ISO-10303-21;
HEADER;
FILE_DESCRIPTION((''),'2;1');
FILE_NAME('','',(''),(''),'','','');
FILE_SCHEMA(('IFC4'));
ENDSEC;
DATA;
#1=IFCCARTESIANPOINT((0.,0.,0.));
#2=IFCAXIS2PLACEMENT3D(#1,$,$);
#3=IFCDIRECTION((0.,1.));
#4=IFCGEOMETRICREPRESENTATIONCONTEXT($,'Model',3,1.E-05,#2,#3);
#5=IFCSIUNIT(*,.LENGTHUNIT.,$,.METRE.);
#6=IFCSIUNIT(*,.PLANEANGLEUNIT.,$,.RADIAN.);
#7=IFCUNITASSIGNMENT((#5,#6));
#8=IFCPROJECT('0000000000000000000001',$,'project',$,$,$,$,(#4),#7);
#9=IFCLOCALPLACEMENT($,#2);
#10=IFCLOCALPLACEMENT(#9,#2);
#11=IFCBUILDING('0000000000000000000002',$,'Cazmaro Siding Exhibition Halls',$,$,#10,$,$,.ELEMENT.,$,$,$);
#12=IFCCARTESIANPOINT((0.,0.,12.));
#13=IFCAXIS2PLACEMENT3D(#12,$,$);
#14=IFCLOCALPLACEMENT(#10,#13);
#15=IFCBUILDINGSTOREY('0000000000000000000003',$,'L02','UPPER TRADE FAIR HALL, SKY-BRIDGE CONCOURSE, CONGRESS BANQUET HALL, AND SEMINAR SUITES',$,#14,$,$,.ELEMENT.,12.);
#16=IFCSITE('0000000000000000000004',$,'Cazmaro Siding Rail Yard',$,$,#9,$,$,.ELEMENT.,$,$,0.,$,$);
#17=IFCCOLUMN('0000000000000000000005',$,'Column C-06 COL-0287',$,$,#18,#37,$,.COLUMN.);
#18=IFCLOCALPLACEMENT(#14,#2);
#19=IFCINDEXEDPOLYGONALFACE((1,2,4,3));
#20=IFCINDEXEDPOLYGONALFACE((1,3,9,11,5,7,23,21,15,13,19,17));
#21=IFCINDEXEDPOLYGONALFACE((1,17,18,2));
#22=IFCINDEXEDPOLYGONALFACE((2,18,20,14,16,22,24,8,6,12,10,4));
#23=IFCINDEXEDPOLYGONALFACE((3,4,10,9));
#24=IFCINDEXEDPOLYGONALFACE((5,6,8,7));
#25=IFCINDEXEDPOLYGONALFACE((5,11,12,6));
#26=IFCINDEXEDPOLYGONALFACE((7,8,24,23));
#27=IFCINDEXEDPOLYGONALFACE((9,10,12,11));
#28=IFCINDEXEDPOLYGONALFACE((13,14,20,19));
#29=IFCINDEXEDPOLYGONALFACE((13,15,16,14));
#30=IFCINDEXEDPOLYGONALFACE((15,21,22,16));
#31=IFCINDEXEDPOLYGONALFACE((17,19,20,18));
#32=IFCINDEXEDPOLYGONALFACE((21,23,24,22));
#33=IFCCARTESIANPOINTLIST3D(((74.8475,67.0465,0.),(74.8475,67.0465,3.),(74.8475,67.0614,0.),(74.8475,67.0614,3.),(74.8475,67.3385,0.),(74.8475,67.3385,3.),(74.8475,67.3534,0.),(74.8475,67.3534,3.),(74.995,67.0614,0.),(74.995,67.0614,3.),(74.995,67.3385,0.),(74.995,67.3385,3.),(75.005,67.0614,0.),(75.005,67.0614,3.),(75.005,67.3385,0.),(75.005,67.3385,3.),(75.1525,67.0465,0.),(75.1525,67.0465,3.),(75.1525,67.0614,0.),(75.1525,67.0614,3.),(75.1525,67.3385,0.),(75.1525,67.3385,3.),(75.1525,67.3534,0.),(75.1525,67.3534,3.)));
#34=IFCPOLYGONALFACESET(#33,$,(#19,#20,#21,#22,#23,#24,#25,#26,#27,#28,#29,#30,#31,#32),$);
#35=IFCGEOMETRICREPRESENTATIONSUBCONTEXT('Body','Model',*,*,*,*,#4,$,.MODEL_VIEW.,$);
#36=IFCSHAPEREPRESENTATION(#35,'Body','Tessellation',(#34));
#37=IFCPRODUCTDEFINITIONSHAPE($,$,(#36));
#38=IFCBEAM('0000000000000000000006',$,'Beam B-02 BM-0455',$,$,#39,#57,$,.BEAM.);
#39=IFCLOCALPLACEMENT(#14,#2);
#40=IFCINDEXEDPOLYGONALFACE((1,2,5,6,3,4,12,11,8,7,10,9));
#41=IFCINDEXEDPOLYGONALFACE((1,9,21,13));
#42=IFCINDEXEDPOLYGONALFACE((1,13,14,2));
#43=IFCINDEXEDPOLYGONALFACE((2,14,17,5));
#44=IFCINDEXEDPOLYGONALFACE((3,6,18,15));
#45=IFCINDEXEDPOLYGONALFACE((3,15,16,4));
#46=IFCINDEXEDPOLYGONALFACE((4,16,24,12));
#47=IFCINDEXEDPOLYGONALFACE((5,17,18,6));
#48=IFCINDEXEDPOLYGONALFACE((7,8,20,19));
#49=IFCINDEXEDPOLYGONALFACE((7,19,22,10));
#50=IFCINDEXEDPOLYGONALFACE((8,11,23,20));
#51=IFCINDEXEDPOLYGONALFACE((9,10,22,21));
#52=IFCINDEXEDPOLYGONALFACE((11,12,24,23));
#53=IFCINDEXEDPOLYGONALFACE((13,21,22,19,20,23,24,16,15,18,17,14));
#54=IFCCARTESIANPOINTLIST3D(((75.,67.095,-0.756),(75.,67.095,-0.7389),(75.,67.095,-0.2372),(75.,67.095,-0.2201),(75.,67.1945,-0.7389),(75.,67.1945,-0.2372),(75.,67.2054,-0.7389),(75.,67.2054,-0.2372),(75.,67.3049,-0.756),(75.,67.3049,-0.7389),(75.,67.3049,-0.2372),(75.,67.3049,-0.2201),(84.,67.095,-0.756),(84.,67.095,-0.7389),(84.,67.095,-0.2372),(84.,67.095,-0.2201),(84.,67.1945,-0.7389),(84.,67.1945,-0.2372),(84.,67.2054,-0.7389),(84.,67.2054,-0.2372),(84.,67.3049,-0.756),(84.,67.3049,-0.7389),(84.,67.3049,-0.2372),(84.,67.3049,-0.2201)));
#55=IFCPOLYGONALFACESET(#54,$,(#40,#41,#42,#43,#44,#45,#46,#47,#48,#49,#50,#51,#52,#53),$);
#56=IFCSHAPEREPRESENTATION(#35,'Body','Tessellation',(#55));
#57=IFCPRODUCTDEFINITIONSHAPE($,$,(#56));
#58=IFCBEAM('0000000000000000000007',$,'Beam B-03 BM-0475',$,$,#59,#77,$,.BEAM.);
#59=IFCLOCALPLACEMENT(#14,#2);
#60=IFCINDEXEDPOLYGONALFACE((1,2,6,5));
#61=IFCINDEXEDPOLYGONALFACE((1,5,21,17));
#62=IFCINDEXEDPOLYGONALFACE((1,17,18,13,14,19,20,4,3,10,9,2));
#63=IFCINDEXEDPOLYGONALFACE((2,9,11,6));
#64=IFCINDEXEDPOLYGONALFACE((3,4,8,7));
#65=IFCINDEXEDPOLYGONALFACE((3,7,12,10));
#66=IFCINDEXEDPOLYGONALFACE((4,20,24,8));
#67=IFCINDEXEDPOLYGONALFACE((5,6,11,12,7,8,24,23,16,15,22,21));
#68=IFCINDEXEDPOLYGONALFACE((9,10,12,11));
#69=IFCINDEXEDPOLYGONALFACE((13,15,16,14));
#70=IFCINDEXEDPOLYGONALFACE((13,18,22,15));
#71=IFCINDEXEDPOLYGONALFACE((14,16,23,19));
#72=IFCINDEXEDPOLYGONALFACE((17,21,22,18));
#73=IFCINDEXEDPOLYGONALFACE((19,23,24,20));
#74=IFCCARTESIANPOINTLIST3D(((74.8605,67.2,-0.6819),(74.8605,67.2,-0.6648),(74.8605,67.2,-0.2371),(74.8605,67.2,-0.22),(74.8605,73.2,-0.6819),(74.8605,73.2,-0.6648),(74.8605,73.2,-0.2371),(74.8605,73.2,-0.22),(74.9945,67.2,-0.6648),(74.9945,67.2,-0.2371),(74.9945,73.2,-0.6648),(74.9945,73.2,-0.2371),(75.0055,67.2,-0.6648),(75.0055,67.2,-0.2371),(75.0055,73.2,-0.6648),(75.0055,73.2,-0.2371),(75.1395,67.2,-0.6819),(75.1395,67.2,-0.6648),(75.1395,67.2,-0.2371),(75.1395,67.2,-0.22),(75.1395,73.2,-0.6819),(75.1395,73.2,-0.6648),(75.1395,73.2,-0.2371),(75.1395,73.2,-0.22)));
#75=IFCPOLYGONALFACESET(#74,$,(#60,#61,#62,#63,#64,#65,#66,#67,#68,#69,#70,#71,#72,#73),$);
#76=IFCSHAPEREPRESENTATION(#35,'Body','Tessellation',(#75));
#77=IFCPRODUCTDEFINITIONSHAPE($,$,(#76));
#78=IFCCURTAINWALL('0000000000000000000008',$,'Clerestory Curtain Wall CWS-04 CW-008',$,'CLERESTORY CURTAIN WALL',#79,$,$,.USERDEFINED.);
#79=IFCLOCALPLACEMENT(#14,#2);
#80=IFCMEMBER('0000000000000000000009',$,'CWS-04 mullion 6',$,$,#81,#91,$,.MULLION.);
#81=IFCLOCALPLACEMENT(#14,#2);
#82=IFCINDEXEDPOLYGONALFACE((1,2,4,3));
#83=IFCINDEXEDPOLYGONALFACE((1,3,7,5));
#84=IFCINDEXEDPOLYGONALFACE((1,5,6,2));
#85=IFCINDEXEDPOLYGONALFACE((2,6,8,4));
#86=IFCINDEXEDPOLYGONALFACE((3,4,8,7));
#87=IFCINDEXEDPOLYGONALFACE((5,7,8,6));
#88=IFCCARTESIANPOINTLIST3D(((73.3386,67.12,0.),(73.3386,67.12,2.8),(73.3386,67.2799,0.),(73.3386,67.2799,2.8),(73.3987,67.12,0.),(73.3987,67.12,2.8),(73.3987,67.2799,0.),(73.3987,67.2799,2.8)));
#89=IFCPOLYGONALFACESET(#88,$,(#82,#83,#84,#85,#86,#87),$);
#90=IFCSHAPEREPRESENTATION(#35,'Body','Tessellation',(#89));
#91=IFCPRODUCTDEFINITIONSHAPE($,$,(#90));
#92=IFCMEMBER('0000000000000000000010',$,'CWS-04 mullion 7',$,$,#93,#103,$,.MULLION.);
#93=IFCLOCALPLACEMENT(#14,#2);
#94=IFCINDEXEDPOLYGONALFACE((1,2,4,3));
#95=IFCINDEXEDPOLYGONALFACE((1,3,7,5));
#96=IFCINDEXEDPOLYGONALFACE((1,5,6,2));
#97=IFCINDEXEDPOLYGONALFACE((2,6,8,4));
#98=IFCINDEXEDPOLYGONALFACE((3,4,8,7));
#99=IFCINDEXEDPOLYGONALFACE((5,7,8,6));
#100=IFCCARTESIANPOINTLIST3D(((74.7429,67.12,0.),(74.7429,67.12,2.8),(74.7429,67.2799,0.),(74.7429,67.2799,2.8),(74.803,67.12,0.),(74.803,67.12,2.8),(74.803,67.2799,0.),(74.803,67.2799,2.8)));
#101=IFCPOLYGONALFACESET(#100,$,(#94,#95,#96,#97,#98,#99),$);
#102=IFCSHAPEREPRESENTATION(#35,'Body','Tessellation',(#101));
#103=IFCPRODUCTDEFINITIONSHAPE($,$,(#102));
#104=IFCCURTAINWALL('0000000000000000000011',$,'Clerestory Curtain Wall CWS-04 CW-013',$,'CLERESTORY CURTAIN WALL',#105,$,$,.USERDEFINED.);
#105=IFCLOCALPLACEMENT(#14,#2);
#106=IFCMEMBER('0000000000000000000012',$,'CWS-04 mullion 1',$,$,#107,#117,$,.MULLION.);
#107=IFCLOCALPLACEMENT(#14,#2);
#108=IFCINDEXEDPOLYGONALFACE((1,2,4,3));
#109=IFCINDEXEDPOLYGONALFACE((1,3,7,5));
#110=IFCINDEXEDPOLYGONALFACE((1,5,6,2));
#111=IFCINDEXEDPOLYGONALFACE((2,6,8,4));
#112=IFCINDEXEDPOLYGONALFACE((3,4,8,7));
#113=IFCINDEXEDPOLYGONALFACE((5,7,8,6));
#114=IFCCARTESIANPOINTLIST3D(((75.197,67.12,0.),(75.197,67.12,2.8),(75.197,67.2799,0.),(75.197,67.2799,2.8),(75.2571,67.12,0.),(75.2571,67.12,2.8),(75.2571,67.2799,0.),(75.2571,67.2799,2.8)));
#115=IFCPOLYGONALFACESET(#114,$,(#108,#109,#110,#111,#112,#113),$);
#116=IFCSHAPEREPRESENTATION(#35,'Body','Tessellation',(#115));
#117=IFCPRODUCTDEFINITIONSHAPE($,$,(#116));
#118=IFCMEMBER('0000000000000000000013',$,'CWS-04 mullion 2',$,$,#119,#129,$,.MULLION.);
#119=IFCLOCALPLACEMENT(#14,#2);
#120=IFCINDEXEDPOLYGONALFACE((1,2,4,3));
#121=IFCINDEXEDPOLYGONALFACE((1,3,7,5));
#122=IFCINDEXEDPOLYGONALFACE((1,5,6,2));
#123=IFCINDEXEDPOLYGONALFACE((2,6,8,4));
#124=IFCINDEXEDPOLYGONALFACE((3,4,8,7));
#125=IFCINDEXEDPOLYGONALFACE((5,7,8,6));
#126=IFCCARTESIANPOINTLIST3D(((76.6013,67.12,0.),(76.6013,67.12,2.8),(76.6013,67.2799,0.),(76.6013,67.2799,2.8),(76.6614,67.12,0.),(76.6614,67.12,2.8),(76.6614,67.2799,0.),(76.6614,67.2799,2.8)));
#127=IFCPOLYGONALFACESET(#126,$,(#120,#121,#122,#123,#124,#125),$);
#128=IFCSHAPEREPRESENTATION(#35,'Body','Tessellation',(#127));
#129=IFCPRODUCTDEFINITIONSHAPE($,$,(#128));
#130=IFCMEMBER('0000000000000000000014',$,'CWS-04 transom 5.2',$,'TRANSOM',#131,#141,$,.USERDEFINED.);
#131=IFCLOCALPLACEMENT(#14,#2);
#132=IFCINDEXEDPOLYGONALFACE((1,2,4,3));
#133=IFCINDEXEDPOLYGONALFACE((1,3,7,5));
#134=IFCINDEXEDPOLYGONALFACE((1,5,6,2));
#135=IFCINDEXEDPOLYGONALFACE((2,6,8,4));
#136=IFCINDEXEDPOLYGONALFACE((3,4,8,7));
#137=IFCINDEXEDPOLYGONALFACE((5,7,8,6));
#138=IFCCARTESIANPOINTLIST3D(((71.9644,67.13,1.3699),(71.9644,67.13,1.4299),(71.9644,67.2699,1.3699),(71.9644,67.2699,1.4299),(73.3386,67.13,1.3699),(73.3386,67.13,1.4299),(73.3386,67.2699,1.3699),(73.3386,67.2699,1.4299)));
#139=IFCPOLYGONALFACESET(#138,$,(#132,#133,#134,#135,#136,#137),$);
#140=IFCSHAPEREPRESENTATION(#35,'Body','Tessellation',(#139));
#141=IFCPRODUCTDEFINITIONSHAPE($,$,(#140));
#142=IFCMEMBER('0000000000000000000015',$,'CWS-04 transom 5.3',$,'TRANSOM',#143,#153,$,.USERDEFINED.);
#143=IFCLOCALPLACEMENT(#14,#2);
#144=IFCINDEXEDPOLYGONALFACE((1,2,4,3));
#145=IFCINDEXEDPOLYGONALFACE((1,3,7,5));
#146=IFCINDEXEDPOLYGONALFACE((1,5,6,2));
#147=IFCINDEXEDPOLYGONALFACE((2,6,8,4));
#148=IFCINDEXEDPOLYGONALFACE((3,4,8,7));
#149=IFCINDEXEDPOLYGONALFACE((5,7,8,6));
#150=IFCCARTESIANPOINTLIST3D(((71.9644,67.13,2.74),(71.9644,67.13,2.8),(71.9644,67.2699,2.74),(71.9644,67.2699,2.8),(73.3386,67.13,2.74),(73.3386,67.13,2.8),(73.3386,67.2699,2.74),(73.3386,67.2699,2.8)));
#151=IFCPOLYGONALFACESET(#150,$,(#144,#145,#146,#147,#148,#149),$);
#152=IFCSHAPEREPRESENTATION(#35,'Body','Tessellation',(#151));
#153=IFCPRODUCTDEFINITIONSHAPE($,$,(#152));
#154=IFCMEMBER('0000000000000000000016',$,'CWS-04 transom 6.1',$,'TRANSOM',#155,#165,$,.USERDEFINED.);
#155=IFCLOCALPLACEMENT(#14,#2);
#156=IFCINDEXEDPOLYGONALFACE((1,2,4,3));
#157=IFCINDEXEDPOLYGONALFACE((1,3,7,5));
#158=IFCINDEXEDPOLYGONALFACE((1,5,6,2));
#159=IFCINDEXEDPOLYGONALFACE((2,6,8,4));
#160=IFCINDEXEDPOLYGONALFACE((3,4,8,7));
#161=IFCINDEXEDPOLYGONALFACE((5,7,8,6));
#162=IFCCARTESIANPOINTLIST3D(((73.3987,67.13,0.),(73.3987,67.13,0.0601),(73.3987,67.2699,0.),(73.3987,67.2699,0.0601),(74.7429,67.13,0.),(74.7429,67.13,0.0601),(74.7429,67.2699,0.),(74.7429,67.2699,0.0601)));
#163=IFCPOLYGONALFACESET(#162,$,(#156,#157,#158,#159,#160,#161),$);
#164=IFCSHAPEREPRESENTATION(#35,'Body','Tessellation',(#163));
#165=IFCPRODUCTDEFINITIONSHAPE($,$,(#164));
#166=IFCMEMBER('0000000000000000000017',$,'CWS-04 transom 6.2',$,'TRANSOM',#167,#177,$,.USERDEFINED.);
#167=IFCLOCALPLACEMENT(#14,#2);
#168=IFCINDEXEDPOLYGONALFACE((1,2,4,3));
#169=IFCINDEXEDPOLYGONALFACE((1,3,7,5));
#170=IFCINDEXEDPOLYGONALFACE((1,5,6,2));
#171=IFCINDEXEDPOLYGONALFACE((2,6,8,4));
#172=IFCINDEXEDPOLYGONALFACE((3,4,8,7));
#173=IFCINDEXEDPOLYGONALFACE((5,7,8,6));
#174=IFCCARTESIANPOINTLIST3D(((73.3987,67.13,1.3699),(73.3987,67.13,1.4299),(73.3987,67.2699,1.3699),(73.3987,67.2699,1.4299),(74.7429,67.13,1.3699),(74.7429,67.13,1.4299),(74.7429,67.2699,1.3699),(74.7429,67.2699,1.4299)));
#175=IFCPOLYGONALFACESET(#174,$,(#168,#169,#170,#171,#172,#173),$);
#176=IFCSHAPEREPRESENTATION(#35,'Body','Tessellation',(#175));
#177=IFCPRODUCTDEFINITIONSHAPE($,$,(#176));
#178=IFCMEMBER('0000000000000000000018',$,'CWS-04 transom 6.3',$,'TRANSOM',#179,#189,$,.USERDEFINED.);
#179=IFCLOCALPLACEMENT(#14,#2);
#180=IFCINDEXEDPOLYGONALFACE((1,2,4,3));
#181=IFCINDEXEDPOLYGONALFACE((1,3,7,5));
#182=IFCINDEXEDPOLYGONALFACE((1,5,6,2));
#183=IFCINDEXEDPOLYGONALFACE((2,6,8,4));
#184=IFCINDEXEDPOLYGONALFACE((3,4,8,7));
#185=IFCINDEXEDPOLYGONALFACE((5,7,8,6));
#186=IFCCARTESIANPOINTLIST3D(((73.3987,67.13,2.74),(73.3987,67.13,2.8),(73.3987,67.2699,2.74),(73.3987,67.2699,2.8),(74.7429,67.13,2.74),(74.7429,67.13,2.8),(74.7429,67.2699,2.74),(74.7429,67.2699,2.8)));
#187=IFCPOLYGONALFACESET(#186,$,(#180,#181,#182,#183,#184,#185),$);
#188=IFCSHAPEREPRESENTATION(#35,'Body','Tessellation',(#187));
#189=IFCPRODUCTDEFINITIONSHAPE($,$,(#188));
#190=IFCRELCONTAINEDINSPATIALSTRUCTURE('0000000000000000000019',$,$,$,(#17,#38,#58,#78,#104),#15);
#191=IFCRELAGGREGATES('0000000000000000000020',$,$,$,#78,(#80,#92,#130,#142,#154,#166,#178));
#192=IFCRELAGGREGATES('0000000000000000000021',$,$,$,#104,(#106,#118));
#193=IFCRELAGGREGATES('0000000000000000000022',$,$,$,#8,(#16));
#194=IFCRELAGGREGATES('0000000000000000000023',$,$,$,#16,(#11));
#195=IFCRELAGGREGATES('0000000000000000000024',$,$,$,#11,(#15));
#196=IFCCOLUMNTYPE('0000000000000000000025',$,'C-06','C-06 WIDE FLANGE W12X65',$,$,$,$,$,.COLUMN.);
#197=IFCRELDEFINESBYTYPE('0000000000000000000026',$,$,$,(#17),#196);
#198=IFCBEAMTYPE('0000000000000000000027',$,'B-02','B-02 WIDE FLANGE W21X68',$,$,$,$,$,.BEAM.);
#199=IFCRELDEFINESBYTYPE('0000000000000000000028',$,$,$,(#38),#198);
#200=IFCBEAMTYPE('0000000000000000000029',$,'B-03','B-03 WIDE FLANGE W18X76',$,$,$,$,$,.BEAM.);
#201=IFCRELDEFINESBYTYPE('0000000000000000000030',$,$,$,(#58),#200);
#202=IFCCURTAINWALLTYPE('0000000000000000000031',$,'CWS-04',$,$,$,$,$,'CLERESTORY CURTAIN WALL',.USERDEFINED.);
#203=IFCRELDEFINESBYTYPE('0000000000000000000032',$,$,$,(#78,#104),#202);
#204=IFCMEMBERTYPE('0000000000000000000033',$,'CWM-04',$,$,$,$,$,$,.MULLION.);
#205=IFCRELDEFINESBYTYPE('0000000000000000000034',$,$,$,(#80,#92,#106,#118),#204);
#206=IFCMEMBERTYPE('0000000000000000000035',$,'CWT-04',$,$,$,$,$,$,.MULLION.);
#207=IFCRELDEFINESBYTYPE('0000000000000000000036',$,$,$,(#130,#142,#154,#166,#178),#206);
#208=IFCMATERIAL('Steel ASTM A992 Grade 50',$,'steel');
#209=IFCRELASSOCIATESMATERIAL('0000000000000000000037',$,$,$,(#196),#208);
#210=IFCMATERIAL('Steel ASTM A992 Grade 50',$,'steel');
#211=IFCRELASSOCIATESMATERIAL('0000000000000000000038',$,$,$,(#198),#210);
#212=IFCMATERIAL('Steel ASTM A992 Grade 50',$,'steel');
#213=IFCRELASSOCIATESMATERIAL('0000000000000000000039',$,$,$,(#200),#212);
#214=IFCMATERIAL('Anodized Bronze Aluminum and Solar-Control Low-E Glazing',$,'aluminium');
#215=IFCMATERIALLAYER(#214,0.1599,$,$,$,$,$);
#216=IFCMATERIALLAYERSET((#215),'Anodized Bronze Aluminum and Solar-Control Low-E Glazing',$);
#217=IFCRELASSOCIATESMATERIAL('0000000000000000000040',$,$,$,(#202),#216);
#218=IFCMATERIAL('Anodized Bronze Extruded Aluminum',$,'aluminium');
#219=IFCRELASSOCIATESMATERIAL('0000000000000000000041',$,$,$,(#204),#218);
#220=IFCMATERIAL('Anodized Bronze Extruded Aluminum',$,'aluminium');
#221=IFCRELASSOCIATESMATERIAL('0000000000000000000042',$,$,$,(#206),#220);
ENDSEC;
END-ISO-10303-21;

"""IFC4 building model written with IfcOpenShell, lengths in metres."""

from ifc_helpers import new_model, si_unit, direction, frame, origin, origin_2d, place, context, subcontext, project, spatial, rectangle, i_section, extrude, material, layer, layer_set, material_profile, profile_set, type_object, element, aggregate, save


model = new_model("IFC4")

# Units and contexts
model_context = context("Model", 3, precision=1e-05, world=origin(), true_north=direction((0.0, 1.0)))
body_context = subcontext(model_context, "Body", "Model", "MODEL_VIEW")
ifc_project = project(units=[si_unit("LENGTHUNIT", "METRE"), si_unit("PLANEANGLEUNIT", "RADIAN")], contexts=[model_context])

# Site, building, storey
site_placement = place(None, origin())
site = spatial("IfcSite", under=ifc_project, at=site_placement, Name="Cazmaro Siding Rail Yard", CompositionType="ELEMENT", RefElevation=0.0)
building_placement = place(site_placement, origin())
building = spatial("IfcBuilding", under=site, at=building_placement, Name="Cazmaro Siding Exhibition Halls", CompositionType="ELEMENT")
storey_placement = place(building_placement, frame((0.0, 0.0, 12.0)))
storey = spatial("IfcBuildingStorey", under=building, at=storey_placement, Name="L02", Description="UPPER TRADE FAIR HALL, SKY-BRIDGE CONCOURSE, CONGRESS BANQUET HALL, AND SEMINAR SUITES", CompositionType="ELEMENT", Elevation=12.0)

# Column
ifc_material_1 = material(Name="Steel ASTM A992 Grade 50", Category="steel")
ifc_material_profile_1 = material_profile(ifc_material_1, i_section(OverallWidth=0.3049, OverallDepth=0.3069, WebThickness=0.01, FlangeThickness=0.0149, at=origin_2d()), Name="W12X65")
ifc_profile_set_1 = profile_set([ifc_material_profile_1], Name="Steel ASTM A992 Grade 50")
column_type = type_object("IfcColumnType", Name="C-06", Description="C-06 WIDE FLANGE W12X65", PredefinedType="COLUMN", material=ifc_profile_set_1)
column_placement = place(storey_placement, frame((75.0, 67.2, 0.0), z_axis=(0.0, 0.0, 1.0), x_axis=(1.0, 0.0, 0.0)))
element("IfcColumn", 1, at=column_placement, inside=storey, type_object=column_type, Name="Column C-06 COL-0287", PredefinedType="COLUMN", context=body_context, shape_type="SweptSolid", body=[
    extrude(i_section(OverallWidth=0.3049, OverallDepth=0.3069, WebThickness=0.01, FlangeThickness=0.0149, at=origin_2d()), origin(), (0.0, 0.0, 1.0), 3.0),
])

# Beams
ifc_material_2 = material(Name="Steel ASTM A992 Grade 50", Category="steel")
ifc_material_profile_2 = material_profile(ifc_material_2, i_section(OverallWidth=0.21, OverallDepth=0.5359, WebThickness=0.011, FlangeThickness=0.0171, at=origin_2d()), Name="W21X68")
ifc_profile_set_2 = profile_set([ifc_material_profile_2], Name="Steel ASTM A992 Grade 50")
beam_type_1 = type_object("IfcBeamType", Name="B-02", Description="B-02 WIDE FLANGE W21X68", PredefinedType="BEAM", material=ifc_profile_set_2)
beam_1_placement = place(storey_placement, frame((75.0, 67.2, -0.488), z_axis=(1.0, 0.0, 0.0), x_axis=(0.0, 1.0, 0.0)))
element("IfcBeam", 2, at=beam_1_placement, inside=storey, type_object=beam_type_1, Name="Beam B-02 BM-0455", PredefinedType="BEAM", context=body_context, shape_type="SweptSolid", body=[
    extrude(i_section(OverallWidth=0.21, OverallDepth=0.5359, WebThickness=0.011, FlangeThickness=0.0171, at=origin_2d()), origin(), (0.0, 0.0, 1.0), 9.0),
])
ifc_material_3 = material(Name="Steel ASTM A992 Grade 50", Category="steel")
ifc_material_profile_3 = material_profile(ifc_material_3, i_section(OverallWidth=0.2791, OverallDepth=0.4619, WebThickness=0.011, FlangeThickness=0.0171, at=origin_2d()), Name="W18X76")
ifc_profile_set_3 = profile_set([ifc_material_profile_3], Name="Steel ASTM A992 Grade 50")
beam_type_2 = type_object("IfcBeamType", Name="B-03", Description="B-03 WIDE FLANGE W18X76", PredefinedType="BEAM", material=ifc_profile_set_3)
beam_2_placement = place(storey_placement, frame((75.0, 67.2, -0.4509), z_axis=(0.0, 1.0, 0.0), x_axis=(-1.0, 0.0, 0.0)))
element("IfcBeam", 3, at=beam_2_placement, inside=storey, type_object=beam_type_2, Name="Beam B-03 BM-0475", PredefinedType="BEAM", context=body_context, shape_type="SweptSolid", body=[
    extrude(i_section(OverallWidth=0.2791, OverallDepth=0.4619, WebThickness=0.011, FlangeThickness=0.0171, at=origin_2d()), origin(), (0.0, 0.0, 1.0), 6.0),
])

# Curtain walls, members
ifc_material_4 = material(Name="Anodized Bronze Aluminum and Solar-Control Low-E Glazing", Category="aluminium")
ifc_layer_1 = layer(ifc_material_4, 0.1599)
ifc_layer_set_1 = layer_set([ifc_layer_1], Name="Anodized Bronze Aluminum and Solar-Control Low-E Glazing")
curtain_wall_type = type_object("IfcCurtainWallType", Name="CWS-04", ElementType="CLERESTORY CURTAIN WALL", PredefinedType="USERDEFINED", material=ifc_layer_set_1)
curtain_wall_1_placement = place(storey_placement, origin())
curtain_wall_1 = element("IfcCurtainWall", 4, at=curtain_wall_1_placement, inside=storey, type_object=curtain_wall_type, Name="Clerestory Curtain Wall CWS-04 CW-008", ObjectType="CLERESTORY CURTAIN WALL", PredefinedType="USERDEFINED")
ifc_material_5 = material(Name="Anodized Bronze Extruded Aluminum", Category="aluminium")
ifc_material_profile_4 = material_profile(ifc_material_5, rectangle(XDim=0.1599, YDim=0.0601, at=origin_2d()), Name="CWM-04")
ifc_profile_set_4 = profile_set([ifc_material_profile_4], Name="Anodized Bronze Extruded Aluminum")
member_type_1 = type_object("IfcMemberType", Name="CWM-04", PredefinedType="MULLION", material=ifc_profile_set_4)
member_1_placement = place(storey_placement, frame((73.3687, 67.2, 0.0), z_axis=(0.0, 0.0, 1.0), x_axis=(0.0, 1.0, 0.0)))
member_1 = element("IfcMember", 5, at=member_1_placement, type_object=member_type_1, Name="CWS-04 mullion 6", PredefinedType="MULLION", context=body_context, shape_type="SweptSolid", body=[
    extrude(rectangle(XDim=0.1599, YDim=0.0601, at=origin_2d()), origin(), (0.0, 0.0, 1.0), 2.8),
])
member_2_placement = place(storey_placement, frame((74.7729, 67.2, 0.0), z_axis=(0.0, 0.0, 1.0), x_axis=(0.0, 1.0, 0.0)))
member_2 = element("IfcMember", 6, at=member_2_placement, type_object=member_type_1, Name="CWS-04 mullion 7", PredefinedType="MULLION", context=body_context, shape_type="SweptSolid", body=[
    extrude(rectangle(XDim=0.1599, YDim=0.0601, at=origin_2d()), origin(), (0.0, 0.0, 1.0), 2.8),
])
curtain_wall_2_placement = place(storey_placement, origin())
curtain_wall_2 = element("IfcCurtainWall", 7, at=curtain_wall_2_placement, inside=storey, type_object=curtain_wall_type, Name="Clerestory Curtain Wall CWS-04 CW-013", ObjectType="CLERESTORY CURTAIN WALL", PredefinedType="USERDEFINED")
member_3_placement = place(storey_placement, frame((75.2271, 67.2, 0.0), z_axis=(0.0, 0.0, 1.0), x_axis=(0.0, 1.0, 0.0)))
member_3 = element("IfcMember", 8, at=member_3_placement, type_object=member_type_1, Name="CWS-04 mullion 1", PredefinedType="MULLION", context=body_context, shape_type="SweptSolid", body=[
    extrude(rectangle(XDim=0.1599, YDim=0.0601, at=origin_2d()), origin(), (0.0, 0.0, 1.0), 2.8),
])
member_4_placement = place(storey_placement, frame((76.6313, 67.2, 0.0), z_axis=(0.0, 0.0, 1.0), x_axis=(0.0, 1.0, 0.0)))
member_4 = element("IfcMember", 9, at=member_4_placement, type_object=member_type_1, Name="CWS-04 mullion 2", PredefinedType="MULLION", context=body_context, shape_type="SweptSolid", body=[
    extrude(rectangle(XDim=0.1599, YDim=0.0601, at=origin_2d()), origin(), (0.0, 0.0, 1.0), 2.8),
])

# Members
ifc_material_6 = material(Name="Anodized Bronze Extruded Aluminum", Category="aluminium")
ifc_material_profile_5 = material_profile(ifc_material_6, rectangle(XDim=0.1399, YDim=0.0601, at=origin_2d()), Name="CWT-04")
ifc_profile_set_5 = profile_set([ifc_material_profile_5], Name="Anodized Bronze Extruded Aluminum")
member_type_2 = type_object("IfcMemberType", Name="CWT-04", PredefinedType="MULLION", material=ifc_profile_set_5)
member_5_placement = place(storey_placement, frame((71.9644, 67.2, 1.3999), z_axis=(1.0, 0.0, 0.0), x_axis=(0.0, 1.0, 0.0)))
member_5 = element("IfcMember", 10, at=member_5_placement, type_object=member_type_2, Name="CWS-04 transom 5.2", ObjectType="TRANSOM", PredefinedType="USERDEFINED", context=body_context, shape_type="SweptSolid", body=[
    extrude(rectangle(XDim=0.1399, YDim=0.0601, at=origin_2d()), origin(), (0.0, 0.0, 1.0), 1.3743),
])
member_6_placement = place(storey_placement, frame((71.9644, 67.2, 2.77), z_axis=(1.0, 0.0, 0.0), x_axis=(0.0, 1.0, 0.0)))
member_6 = element("IfcMember", 11, at=member_6_placement, type_object=member_type_2, Name="CWS-04 transom 5.3", ObjectType="TRANSOM", PredefinedType="USERDEFINED", context=body_context, shape_type="SweptSolid", body=[
    extrude(rectangle(XDim=0.1399, YDim=0.0601, at=origin_2d()), origin(), (0.0, 0.0, 1.0), 1.3743),
])
member_7_placement = place(storey_placement, frame((73.3987, 67.2, 0.03), z_axis=(1.0, 0.0, 0.0), x_axis=(0.0, 1.0, 0.0)))
member_7 = element("IfcMember", 12, at=member_7_placement, type_object=member_type_2, Name="CWS-04 transom 6.1", ObjectType="TRANSOM", PredefinedType="USERDEFINED", context=body_context, shape_type="SweptSolid", body=[
    extrude(rectangle(XDim=0.1399, YDim=0.0601, at=origin_2d()), origin(), (0.0, 0.0, 1.0), 1.3442),
])
member_8_placement = place(storey_placement, frame((73.3987, 67.2, 1.3999), z_axis=(1.0, 0.0, 0.0), x_axis=(0.0, 1.0, 0.0)))
member_8 = element("IfcMember", 13, at=member_8_placement, type_object=member_type_2, Name="CWS-04 transom 6.2", ObjectType="TRANSOM", PredefinedType="USERDEFINED", context=body_context, shape_type="SweptSolid", body=[
    extrude(rectangle(XDim=0.1399, YDim=0.0601, at=origin_2d()), origin(), (0.0, 0.0, 1.0), 1.3442),
])
member_9_placement = place(storey_placement, frame((73.3987, 67.2, 2.77), z_axis=(1.0, 0.0, 0.0), x_axis=(0.0, 1.0, 0.0)))
member_9 = element("IfcMember", 14, at=member_9_placement, type_object=member_type_2, Name="CWS-04 transom 6.3", ObjectType="TRANSOM", PredefinedType="USERDEFINED", context=body_context, shape_type="SweptSolid", body=[
    extrude(rectangle(XDim=0.1399, YDim=0.0601, at=origin_2d()), origin(), (0.0, 0.0, 1.0), 1.3442),
])

aggregate(curtain_wall_1, [member_1, member_2, member_5, member_6, member_7, member_8, member_9])
aggregate(curtain_wall_2, [member_3, member_4])

save(model, "model.ifc")
